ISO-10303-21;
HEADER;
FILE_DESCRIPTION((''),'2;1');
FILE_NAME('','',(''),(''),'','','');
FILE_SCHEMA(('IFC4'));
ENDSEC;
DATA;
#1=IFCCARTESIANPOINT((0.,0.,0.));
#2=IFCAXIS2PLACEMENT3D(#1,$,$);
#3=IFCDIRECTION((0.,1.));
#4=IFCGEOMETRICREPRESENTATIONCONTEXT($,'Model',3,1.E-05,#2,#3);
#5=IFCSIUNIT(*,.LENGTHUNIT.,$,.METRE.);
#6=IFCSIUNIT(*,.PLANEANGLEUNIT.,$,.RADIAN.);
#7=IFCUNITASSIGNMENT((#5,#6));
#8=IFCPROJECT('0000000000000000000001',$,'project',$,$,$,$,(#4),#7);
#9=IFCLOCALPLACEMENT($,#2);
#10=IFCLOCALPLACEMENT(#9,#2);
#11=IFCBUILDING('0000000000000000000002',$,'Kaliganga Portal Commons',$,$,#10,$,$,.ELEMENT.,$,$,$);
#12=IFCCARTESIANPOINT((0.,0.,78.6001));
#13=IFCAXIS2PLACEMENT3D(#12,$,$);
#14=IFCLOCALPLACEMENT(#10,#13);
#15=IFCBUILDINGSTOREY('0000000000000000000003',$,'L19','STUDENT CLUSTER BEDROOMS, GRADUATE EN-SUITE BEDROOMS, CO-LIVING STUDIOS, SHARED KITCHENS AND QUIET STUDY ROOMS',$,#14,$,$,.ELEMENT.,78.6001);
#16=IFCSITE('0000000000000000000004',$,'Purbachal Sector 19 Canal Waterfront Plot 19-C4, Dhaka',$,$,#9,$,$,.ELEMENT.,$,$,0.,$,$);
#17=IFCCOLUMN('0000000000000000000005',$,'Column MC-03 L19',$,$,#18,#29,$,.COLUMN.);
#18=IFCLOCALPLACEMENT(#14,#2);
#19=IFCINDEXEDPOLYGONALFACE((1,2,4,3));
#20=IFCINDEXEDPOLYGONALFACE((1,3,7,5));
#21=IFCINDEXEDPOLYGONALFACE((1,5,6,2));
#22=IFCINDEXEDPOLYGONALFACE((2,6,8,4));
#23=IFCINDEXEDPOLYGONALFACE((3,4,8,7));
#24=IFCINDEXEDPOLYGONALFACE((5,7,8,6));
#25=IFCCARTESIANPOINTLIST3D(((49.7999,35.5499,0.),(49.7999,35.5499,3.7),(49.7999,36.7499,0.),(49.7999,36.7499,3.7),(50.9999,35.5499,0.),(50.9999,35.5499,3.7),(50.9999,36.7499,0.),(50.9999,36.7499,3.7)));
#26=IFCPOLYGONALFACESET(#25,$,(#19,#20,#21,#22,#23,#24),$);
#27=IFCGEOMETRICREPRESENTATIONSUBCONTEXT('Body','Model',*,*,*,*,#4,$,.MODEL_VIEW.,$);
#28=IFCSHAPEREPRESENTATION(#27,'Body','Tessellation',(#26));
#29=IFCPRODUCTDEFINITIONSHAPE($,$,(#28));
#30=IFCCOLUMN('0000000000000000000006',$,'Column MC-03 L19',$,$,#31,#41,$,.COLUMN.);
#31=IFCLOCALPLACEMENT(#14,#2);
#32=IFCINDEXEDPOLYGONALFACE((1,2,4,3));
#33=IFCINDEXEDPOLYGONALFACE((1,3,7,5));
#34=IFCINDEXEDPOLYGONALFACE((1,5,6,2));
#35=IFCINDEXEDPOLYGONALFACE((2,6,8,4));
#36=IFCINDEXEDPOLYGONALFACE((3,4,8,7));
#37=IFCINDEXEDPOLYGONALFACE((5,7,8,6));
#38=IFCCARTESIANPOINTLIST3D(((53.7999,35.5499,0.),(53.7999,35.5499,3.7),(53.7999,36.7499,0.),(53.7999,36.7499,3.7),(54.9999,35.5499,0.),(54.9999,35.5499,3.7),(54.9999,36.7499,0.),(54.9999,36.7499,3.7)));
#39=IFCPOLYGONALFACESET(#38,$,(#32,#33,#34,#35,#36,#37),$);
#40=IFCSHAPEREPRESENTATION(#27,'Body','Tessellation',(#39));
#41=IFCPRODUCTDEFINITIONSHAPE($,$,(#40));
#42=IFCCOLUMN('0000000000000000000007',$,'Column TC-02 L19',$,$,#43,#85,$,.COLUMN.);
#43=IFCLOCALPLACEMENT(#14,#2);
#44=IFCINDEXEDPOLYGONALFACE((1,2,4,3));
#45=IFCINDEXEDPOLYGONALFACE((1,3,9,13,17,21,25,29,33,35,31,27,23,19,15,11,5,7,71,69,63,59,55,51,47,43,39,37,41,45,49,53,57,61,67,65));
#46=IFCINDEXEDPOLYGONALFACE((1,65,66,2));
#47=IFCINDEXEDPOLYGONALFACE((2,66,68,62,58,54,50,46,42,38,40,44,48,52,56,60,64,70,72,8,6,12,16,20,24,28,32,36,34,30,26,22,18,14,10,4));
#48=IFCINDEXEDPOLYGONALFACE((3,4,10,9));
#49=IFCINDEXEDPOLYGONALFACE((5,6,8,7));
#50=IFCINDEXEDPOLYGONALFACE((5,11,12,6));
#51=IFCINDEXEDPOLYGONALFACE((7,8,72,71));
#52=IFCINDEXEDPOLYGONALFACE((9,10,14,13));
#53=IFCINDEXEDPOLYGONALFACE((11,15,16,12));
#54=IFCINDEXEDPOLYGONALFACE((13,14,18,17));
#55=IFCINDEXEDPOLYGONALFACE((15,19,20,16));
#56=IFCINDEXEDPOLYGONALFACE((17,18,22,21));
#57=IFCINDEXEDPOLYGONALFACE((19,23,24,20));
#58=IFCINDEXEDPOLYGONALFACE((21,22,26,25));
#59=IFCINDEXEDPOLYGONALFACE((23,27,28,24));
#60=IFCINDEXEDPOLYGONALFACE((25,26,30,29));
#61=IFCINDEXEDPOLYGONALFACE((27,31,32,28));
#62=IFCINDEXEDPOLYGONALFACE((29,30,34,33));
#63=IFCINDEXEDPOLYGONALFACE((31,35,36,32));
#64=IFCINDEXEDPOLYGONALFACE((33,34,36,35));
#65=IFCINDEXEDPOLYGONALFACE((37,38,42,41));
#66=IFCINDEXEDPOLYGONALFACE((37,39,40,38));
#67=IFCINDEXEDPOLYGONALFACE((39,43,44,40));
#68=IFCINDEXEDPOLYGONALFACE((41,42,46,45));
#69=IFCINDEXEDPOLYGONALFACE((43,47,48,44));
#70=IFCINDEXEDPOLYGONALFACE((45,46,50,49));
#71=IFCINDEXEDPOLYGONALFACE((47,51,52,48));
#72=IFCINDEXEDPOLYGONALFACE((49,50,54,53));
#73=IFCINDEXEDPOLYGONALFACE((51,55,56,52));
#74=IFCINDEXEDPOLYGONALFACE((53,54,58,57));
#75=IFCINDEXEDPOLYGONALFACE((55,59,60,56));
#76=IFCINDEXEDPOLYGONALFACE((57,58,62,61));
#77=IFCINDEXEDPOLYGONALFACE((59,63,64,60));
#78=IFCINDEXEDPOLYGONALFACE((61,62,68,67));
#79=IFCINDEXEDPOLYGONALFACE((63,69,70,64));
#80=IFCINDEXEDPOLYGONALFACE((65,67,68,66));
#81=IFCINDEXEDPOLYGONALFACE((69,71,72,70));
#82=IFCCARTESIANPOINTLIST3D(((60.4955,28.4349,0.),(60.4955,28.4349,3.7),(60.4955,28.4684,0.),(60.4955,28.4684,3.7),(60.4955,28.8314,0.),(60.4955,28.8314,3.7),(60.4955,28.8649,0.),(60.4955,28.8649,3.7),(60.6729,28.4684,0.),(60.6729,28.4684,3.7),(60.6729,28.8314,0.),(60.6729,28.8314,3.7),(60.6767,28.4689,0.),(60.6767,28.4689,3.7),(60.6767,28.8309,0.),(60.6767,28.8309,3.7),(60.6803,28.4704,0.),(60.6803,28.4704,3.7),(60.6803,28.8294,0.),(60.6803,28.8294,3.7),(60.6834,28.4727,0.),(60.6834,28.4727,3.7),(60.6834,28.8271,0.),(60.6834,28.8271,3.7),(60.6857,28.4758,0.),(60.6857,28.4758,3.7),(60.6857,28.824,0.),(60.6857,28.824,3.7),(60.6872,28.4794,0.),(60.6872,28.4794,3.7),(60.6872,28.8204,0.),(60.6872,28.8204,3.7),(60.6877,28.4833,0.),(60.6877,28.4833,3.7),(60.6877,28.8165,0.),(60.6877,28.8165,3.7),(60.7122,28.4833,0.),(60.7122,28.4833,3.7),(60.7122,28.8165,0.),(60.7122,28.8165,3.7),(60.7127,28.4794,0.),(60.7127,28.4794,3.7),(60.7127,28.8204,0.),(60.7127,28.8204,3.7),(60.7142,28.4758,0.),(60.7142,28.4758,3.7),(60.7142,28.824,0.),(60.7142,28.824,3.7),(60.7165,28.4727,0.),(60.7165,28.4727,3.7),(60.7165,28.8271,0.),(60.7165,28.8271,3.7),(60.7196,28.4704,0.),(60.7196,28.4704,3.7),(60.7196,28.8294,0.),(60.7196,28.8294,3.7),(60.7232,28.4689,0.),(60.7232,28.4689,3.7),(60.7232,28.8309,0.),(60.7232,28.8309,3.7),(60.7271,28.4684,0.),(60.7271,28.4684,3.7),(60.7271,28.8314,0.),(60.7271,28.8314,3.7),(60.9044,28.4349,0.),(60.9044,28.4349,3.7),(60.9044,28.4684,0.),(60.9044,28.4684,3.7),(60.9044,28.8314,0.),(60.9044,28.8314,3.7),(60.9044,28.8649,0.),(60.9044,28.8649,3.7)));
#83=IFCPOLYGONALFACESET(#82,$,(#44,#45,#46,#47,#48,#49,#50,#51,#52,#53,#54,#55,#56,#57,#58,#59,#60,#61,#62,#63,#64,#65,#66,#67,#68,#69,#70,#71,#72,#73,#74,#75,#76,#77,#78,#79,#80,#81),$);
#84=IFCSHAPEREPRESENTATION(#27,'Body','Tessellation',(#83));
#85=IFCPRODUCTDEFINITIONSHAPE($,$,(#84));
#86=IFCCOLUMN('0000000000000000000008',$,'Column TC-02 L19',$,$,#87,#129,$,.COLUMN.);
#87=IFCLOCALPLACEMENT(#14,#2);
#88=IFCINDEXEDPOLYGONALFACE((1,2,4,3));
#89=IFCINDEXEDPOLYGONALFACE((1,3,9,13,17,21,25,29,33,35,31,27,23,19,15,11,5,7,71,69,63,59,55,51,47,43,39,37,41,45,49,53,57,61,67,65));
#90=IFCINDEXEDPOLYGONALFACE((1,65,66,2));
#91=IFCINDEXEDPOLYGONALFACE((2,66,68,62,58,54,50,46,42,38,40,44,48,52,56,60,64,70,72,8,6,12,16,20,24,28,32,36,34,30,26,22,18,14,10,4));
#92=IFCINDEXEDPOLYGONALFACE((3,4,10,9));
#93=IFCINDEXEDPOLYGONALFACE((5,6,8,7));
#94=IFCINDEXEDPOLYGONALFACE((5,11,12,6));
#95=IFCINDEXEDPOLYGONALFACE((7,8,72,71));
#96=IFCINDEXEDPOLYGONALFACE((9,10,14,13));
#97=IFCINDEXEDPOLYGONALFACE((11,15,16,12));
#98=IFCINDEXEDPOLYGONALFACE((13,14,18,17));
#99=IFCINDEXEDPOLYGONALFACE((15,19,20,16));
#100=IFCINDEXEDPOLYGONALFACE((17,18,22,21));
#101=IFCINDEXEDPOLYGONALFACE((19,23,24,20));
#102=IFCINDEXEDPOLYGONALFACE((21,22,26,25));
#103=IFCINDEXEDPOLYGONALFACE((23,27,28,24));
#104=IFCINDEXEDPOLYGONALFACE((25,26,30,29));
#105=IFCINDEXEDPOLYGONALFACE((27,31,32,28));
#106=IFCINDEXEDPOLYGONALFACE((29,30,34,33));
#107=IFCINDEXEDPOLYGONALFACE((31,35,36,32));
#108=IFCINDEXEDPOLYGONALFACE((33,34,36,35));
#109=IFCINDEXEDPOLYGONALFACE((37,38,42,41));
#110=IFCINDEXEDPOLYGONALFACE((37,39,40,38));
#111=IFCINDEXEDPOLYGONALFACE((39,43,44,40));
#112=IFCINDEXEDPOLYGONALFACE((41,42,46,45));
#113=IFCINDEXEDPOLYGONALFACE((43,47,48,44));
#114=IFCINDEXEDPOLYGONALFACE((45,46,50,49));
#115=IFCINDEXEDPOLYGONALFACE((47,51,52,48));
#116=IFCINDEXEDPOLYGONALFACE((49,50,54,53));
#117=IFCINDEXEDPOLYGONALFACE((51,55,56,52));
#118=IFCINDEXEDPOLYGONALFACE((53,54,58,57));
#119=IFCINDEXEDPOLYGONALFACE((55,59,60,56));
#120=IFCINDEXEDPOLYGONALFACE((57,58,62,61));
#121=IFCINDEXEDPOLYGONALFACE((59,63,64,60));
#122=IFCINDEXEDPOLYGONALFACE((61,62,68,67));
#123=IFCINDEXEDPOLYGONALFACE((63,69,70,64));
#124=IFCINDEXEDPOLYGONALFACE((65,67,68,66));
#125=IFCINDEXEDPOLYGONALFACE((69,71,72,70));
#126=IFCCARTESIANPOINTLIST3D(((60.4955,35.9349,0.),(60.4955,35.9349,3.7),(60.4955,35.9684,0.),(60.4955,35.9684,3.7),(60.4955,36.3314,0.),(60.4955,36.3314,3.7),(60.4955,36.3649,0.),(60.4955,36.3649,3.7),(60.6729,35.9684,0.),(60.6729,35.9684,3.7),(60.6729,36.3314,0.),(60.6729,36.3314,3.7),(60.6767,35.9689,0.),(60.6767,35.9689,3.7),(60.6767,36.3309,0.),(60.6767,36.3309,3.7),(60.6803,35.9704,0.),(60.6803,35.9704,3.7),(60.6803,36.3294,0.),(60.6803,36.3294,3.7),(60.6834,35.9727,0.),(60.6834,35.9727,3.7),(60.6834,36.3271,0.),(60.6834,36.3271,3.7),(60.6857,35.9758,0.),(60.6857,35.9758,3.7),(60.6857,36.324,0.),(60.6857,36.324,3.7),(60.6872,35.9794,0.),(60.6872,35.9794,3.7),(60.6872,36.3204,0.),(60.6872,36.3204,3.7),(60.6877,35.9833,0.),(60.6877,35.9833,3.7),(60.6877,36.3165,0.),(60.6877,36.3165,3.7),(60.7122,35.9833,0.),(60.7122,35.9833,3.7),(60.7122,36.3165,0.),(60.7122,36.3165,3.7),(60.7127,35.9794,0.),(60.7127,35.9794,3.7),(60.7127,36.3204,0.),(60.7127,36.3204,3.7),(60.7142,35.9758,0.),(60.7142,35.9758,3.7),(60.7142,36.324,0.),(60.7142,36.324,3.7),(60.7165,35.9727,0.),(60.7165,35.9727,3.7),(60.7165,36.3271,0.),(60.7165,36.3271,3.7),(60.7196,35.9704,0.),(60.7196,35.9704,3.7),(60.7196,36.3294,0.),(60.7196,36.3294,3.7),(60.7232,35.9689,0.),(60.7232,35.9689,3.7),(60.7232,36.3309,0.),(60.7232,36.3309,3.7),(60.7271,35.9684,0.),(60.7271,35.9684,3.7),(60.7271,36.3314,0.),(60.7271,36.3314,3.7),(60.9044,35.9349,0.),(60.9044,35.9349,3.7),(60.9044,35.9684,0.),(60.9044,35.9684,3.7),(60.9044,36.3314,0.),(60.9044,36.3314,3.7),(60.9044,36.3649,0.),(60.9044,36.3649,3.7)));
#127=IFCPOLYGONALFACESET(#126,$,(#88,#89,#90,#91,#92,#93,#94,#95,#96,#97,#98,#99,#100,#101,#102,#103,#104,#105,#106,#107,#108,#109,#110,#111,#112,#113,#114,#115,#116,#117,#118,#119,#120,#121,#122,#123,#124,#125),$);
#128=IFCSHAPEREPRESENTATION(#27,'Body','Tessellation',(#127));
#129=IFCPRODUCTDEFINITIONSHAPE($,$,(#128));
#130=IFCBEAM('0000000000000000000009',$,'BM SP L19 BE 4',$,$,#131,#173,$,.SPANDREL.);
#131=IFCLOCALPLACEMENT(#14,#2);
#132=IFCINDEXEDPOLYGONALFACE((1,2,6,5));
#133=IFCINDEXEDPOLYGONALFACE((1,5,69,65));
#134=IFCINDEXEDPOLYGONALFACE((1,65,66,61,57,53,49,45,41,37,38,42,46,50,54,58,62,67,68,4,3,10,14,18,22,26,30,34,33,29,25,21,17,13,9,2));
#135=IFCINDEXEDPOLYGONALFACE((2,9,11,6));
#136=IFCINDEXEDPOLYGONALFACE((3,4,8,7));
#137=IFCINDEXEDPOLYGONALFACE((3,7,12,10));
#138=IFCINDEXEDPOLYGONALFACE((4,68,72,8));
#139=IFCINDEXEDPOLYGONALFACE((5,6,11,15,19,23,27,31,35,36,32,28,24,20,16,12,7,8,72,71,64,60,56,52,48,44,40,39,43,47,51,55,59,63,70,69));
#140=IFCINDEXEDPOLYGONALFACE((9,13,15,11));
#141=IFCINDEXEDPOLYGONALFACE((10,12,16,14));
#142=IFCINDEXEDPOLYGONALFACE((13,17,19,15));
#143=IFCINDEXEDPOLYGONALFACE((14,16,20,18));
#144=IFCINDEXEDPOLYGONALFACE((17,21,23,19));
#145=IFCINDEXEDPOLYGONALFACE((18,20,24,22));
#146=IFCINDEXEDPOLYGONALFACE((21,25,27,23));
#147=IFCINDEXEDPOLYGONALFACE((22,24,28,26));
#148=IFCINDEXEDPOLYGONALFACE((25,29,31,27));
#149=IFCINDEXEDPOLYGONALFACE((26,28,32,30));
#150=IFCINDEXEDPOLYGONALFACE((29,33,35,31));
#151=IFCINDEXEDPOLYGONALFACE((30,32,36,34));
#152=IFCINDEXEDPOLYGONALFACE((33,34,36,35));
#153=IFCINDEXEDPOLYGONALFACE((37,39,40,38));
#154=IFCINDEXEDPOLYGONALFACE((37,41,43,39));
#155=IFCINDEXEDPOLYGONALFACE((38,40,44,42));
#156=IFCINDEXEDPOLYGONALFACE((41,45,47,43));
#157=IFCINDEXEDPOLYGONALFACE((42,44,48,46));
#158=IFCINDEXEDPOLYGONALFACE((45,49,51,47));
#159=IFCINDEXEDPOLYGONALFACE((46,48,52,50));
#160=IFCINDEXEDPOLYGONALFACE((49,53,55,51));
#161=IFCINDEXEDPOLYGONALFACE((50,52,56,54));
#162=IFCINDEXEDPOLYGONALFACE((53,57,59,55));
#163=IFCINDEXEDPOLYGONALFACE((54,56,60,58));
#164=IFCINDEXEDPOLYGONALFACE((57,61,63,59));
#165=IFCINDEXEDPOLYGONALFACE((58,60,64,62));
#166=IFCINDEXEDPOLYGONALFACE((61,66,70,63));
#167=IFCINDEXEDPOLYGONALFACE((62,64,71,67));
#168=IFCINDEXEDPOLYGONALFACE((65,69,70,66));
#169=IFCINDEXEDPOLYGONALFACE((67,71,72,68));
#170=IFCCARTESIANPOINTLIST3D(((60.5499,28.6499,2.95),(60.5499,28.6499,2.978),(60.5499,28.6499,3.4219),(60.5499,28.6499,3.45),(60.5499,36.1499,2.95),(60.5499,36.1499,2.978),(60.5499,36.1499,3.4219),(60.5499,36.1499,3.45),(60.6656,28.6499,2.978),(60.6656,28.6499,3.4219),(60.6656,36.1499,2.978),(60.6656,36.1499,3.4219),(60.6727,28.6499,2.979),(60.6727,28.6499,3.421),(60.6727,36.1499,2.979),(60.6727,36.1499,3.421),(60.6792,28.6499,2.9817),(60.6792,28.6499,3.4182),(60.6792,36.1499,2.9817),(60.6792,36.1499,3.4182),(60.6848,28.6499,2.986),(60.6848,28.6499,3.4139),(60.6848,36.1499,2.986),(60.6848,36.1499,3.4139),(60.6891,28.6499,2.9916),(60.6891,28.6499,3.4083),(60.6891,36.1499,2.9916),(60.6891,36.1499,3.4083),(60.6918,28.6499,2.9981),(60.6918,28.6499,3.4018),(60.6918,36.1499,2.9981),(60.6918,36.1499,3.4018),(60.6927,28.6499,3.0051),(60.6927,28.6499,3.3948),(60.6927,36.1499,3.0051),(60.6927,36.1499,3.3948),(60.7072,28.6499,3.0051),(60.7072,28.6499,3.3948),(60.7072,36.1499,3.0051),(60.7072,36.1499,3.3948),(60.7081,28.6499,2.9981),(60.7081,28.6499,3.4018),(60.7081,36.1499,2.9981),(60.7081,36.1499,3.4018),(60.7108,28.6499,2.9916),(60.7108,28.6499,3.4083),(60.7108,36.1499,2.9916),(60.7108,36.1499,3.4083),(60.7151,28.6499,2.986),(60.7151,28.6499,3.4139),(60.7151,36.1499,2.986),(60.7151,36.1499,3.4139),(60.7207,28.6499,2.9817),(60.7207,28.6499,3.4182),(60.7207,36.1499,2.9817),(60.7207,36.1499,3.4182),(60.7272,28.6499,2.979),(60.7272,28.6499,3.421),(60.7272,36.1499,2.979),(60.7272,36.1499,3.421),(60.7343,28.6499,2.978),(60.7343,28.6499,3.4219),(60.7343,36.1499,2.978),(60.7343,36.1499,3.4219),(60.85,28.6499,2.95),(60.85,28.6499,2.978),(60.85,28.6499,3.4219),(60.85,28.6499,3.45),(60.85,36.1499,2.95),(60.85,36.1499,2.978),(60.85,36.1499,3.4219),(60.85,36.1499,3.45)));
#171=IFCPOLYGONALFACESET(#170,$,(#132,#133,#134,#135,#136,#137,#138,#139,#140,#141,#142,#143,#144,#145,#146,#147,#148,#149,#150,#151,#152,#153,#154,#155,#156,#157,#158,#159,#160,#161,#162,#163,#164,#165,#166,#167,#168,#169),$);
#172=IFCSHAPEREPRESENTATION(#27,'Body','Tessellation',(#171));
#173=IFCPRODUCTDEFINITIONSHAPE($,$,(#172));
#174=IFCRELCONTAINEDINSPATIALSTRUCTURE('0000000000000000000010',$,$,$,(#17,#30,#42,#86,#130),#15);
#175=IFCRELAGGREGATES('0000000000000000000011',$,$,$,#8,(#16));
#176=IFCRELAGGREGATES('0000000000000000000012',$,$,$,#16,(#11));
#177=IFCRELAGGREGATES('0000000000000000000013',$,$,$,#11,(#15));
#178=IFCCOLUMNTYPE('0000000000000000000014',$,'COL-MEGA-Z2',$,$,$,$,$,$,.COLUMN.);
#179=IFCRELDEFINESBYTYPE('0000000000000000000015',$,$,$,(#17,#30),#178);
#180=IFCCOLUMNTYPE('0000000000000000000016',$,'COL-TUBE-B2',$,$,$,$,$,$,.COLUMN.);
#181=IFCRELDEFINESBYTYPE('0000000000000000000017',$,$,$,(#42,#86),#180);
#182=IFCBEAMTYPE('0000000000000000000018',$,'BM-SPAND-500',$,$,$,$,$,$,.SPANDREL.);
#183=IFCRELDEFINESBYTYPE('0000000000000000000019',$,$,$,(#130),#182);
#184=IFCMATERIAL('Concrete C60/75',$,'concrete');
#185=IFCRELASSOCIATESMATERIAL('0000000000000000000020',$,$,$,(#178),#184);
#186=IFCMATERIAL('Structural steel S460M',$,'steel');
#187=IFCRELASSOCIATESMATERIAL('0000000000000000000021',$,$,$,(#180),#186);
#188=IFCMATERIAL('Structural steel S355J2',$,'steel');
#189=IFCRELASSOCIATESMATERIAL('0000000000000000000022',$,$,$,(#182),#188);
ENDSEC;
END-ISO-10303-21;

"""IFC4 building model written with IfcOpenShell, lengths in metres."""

from ifc_helpers import new_model, si_unit, direction, frame, origin, origin_2d, place, context, subcontext, project, spatial, rectangle, i_section, extrude, source, transform, mapped, material, material_profile, profile_set, type_object, element, save


model = new_model("IFC4")

# Units and contexts
model_context = context("Model", 3, precision=1e-05, world=origin(), true_north=direction((0.0, 1.0)))
body_context = subcontext(model_context, "Body", "Model", "MODEL_VIEW")
ifc_project = project(units=[si_unit("LENGTHUNIT", "METRE"), si_unit("PLANEANGLEUNIT", "RADIAN")], contexts=[model_context])

# Site, building, storey
site_placement = place(None, origin())
site = spatial("IfcSite", under=ifc_project, at=site_placement, Name="Purbachal Sector 19 Canal Waterfront Plot 19-C4, Dhaka", CompositionType="ELEMENT", RefElevation=0.0)
building_placement = place(site_placement, origin())
building = spatial("IfcBuilding", under=site, at=building_placement, Name="Kaliganga Portal Commons", CompositionType="ELEMENT")
storey_placement = place(building_placement, frame((0.0, 0.0, 78.6001)))
storey = spatial("IfcBuildingStorey", under=building, at=storey_placement, Name="L19", Description="STUDENT CLUSTER BEDROOMS, GRADUATE EN-SUITE BEDROOMS, CO-LIVING STUDIOS, SHARED KITCHENS AND QUIET STUDY ROOMS", CompositionType="ELEMENT", Elevation=78.6001)

# Columns
ifc_material_1 = material(Name="Concrete C60/75", Category="concrete")
ifc_material_profile_1 = material_profile(ifc_material_1, rectangle(XDim=1.2, YDim=1.2, at=origin_2d()), Name="RC 1200x1200")
ifc_profile_set_1 = profile_set([ifc_material_profile_1], Name="Concrete C60/75")
column_type_1 = type_object("IfcColumnType", Name="COL-MEGA-Z2", PredefinedType="COLUMN", material=ifc_profile_set_1)
shared_shape_1 = source(origin(), body_context, "Body", "SweptSolid", [
    extrude(rectangle(XDim=1.2, YDim=1.2, at=origin_2d()), origin(), (0.0, 0.0, 1.0), 3.7),
])
for number, where, z_axis, x_axis, name in (
    (1, (50.3999, 36.1499, 0.0), (0.0, 0.0, 1.0), (1.0, 0.0, 0.0), "Column MC-03 L19"),
    (2, (54.3999, 36.1499, 0.0), (0.0, 0.0, 1.0), (1.0, 0.0, 0.0), "Column MC-03 L19"),
):
    element("IfcColumn", number, at=place(storey_placement, frame(where, z_axis=z_axis, x_axis=x_axis)), inside=storey, type_object=column_type_1, Name=name, PredefinedType="COLUMN", context=body_context, shape_type="MappedRepresentation", body=[
        mapped(shared_shape_1, transform((0.0, 0.0, 0.0), x_axis=(1.0, 0.0, 0.0), y_axis=(0.0, 1.0, 0.0), z_axis=(0.0, 0.0, 1.0), scale=1.0)),
    ])
ifc_material_2 = material(Name="Structural steel S460M", Category="steel")
ifc_material_profile_2 = material_profile(ifc_material_2, i_section(OverallWidth=0.4089, OverallDepth=0.4299, WebThickness=0.0244, FlangeThickness=0.0334, FilletRadius=0.0149, at=origin_2d()), Name="HD 400x421")
ifc_profile_set_2 = profile_set([ifc_material_profile_2], Name="Structural steel S460M wide-flange")
column_type_2 = type_object("IfcColumnType", Name="COL-TUBE-B2", PredefinedType="COLUMN", material=ifc_profile_set_2)
shared_shape_2 = source(origin(), body_context, "Body", "SweptSolid", [
    extrude(i_section(OverallWidth=0.4089, OverallDepth=0.4299, WebThickness=0.0244, FlangeThickness=0.0334, FilletRadius=0.0149, at=origin_2d()), origin(), (0.0, 0.0, 1.0), 3.7),
])
for number, where, z_axis, x_axis, name in (
    (3, (60.7, 28.6499, 0.0), (0.0, 0.0, 1.0), (1.0, 0.0, 0.0), "Column TC-02 L19"),
    (4, (60.7, 36.1499, 0.0), (0.0, 0.0, 1.0), (1.0, 0.0, 0.0), "Column TC-02 L19"),
):
    element("IfcColumn", number, at=place(storey_placement, frame(where, z_axis=z_axis, x_axis=x_axis)), inside=storey, type_object=column_type_2, Name=name, PredefinedType="COLUMN", context=body_context, shape_type="MappedRepresentation", body=[
        mapped(shared_shape_2, transform((0.0, 0.0, 0.0), x_axis=(1.0, 0.0, 0.0), y_axis=(0.0, 1.0, 0.0), z_axis=(0.0, 0.0, 1.0), scale=1.0)),
    ])

# Beam
ifc_material_3 = material(Name="Structural steel S355J2", Category="steel")
ifc_material_profile_3 = material_profile(ifc_material_3, i_section(OverallWidth=0.3, OverallDepth=0.5, WebThickness=0.0144, FlangeThickness=0.0281, FilletRadius=0.0271, at=origin_2d()), Name="HE 500 B")
ifc_profile_set_3 = profile_set([ifc_material_profile_3], Name="Structural steel S355J2 wide-flange")
beam_type_1 = type_object("IfcBeamType", Name="BM-SPAND-500", PredefinedType="SPANDREL", material=ifc_profile_set_3)
shared_shape_3 = source(origin(), body_context, "Body", "SweptSolid", [
    extrude(i_section(OverallWidth=0.3, OverallDepth=0.5, WebThickness=0.0144, FlangeThickness=0.0281, FilletRadius=0.0271, at=origin_2d()), origin(), (0.0, 0.0, 1.0), 7.5),
])
beam_1_placement = place(storey_placement, frame((60.7, 28.6499, 3.2), z_axis=(0.0, 1.0, 0.0), x_axis=(-1.0, 0.0, 0.0)))
element("IfcBeam", 5, at=beam_1_placement, inside=storey, type_object=beam_type_1, Name="BM SP L19 BE 4", PredefinedType="SPANDREL", context=body_context, shape_type="MappedRepresentation", body=[
    mapped(shared_shape_3, transform((0.0, 0.0, 0.0), x_axis=(1.0, 0.0, 0.0), y_axis=(0.0, 1.0, 0.0), z_axis=(0.0, 0.0, 1.0), scale=1.0)),
])

save(model, "model.ifc")
